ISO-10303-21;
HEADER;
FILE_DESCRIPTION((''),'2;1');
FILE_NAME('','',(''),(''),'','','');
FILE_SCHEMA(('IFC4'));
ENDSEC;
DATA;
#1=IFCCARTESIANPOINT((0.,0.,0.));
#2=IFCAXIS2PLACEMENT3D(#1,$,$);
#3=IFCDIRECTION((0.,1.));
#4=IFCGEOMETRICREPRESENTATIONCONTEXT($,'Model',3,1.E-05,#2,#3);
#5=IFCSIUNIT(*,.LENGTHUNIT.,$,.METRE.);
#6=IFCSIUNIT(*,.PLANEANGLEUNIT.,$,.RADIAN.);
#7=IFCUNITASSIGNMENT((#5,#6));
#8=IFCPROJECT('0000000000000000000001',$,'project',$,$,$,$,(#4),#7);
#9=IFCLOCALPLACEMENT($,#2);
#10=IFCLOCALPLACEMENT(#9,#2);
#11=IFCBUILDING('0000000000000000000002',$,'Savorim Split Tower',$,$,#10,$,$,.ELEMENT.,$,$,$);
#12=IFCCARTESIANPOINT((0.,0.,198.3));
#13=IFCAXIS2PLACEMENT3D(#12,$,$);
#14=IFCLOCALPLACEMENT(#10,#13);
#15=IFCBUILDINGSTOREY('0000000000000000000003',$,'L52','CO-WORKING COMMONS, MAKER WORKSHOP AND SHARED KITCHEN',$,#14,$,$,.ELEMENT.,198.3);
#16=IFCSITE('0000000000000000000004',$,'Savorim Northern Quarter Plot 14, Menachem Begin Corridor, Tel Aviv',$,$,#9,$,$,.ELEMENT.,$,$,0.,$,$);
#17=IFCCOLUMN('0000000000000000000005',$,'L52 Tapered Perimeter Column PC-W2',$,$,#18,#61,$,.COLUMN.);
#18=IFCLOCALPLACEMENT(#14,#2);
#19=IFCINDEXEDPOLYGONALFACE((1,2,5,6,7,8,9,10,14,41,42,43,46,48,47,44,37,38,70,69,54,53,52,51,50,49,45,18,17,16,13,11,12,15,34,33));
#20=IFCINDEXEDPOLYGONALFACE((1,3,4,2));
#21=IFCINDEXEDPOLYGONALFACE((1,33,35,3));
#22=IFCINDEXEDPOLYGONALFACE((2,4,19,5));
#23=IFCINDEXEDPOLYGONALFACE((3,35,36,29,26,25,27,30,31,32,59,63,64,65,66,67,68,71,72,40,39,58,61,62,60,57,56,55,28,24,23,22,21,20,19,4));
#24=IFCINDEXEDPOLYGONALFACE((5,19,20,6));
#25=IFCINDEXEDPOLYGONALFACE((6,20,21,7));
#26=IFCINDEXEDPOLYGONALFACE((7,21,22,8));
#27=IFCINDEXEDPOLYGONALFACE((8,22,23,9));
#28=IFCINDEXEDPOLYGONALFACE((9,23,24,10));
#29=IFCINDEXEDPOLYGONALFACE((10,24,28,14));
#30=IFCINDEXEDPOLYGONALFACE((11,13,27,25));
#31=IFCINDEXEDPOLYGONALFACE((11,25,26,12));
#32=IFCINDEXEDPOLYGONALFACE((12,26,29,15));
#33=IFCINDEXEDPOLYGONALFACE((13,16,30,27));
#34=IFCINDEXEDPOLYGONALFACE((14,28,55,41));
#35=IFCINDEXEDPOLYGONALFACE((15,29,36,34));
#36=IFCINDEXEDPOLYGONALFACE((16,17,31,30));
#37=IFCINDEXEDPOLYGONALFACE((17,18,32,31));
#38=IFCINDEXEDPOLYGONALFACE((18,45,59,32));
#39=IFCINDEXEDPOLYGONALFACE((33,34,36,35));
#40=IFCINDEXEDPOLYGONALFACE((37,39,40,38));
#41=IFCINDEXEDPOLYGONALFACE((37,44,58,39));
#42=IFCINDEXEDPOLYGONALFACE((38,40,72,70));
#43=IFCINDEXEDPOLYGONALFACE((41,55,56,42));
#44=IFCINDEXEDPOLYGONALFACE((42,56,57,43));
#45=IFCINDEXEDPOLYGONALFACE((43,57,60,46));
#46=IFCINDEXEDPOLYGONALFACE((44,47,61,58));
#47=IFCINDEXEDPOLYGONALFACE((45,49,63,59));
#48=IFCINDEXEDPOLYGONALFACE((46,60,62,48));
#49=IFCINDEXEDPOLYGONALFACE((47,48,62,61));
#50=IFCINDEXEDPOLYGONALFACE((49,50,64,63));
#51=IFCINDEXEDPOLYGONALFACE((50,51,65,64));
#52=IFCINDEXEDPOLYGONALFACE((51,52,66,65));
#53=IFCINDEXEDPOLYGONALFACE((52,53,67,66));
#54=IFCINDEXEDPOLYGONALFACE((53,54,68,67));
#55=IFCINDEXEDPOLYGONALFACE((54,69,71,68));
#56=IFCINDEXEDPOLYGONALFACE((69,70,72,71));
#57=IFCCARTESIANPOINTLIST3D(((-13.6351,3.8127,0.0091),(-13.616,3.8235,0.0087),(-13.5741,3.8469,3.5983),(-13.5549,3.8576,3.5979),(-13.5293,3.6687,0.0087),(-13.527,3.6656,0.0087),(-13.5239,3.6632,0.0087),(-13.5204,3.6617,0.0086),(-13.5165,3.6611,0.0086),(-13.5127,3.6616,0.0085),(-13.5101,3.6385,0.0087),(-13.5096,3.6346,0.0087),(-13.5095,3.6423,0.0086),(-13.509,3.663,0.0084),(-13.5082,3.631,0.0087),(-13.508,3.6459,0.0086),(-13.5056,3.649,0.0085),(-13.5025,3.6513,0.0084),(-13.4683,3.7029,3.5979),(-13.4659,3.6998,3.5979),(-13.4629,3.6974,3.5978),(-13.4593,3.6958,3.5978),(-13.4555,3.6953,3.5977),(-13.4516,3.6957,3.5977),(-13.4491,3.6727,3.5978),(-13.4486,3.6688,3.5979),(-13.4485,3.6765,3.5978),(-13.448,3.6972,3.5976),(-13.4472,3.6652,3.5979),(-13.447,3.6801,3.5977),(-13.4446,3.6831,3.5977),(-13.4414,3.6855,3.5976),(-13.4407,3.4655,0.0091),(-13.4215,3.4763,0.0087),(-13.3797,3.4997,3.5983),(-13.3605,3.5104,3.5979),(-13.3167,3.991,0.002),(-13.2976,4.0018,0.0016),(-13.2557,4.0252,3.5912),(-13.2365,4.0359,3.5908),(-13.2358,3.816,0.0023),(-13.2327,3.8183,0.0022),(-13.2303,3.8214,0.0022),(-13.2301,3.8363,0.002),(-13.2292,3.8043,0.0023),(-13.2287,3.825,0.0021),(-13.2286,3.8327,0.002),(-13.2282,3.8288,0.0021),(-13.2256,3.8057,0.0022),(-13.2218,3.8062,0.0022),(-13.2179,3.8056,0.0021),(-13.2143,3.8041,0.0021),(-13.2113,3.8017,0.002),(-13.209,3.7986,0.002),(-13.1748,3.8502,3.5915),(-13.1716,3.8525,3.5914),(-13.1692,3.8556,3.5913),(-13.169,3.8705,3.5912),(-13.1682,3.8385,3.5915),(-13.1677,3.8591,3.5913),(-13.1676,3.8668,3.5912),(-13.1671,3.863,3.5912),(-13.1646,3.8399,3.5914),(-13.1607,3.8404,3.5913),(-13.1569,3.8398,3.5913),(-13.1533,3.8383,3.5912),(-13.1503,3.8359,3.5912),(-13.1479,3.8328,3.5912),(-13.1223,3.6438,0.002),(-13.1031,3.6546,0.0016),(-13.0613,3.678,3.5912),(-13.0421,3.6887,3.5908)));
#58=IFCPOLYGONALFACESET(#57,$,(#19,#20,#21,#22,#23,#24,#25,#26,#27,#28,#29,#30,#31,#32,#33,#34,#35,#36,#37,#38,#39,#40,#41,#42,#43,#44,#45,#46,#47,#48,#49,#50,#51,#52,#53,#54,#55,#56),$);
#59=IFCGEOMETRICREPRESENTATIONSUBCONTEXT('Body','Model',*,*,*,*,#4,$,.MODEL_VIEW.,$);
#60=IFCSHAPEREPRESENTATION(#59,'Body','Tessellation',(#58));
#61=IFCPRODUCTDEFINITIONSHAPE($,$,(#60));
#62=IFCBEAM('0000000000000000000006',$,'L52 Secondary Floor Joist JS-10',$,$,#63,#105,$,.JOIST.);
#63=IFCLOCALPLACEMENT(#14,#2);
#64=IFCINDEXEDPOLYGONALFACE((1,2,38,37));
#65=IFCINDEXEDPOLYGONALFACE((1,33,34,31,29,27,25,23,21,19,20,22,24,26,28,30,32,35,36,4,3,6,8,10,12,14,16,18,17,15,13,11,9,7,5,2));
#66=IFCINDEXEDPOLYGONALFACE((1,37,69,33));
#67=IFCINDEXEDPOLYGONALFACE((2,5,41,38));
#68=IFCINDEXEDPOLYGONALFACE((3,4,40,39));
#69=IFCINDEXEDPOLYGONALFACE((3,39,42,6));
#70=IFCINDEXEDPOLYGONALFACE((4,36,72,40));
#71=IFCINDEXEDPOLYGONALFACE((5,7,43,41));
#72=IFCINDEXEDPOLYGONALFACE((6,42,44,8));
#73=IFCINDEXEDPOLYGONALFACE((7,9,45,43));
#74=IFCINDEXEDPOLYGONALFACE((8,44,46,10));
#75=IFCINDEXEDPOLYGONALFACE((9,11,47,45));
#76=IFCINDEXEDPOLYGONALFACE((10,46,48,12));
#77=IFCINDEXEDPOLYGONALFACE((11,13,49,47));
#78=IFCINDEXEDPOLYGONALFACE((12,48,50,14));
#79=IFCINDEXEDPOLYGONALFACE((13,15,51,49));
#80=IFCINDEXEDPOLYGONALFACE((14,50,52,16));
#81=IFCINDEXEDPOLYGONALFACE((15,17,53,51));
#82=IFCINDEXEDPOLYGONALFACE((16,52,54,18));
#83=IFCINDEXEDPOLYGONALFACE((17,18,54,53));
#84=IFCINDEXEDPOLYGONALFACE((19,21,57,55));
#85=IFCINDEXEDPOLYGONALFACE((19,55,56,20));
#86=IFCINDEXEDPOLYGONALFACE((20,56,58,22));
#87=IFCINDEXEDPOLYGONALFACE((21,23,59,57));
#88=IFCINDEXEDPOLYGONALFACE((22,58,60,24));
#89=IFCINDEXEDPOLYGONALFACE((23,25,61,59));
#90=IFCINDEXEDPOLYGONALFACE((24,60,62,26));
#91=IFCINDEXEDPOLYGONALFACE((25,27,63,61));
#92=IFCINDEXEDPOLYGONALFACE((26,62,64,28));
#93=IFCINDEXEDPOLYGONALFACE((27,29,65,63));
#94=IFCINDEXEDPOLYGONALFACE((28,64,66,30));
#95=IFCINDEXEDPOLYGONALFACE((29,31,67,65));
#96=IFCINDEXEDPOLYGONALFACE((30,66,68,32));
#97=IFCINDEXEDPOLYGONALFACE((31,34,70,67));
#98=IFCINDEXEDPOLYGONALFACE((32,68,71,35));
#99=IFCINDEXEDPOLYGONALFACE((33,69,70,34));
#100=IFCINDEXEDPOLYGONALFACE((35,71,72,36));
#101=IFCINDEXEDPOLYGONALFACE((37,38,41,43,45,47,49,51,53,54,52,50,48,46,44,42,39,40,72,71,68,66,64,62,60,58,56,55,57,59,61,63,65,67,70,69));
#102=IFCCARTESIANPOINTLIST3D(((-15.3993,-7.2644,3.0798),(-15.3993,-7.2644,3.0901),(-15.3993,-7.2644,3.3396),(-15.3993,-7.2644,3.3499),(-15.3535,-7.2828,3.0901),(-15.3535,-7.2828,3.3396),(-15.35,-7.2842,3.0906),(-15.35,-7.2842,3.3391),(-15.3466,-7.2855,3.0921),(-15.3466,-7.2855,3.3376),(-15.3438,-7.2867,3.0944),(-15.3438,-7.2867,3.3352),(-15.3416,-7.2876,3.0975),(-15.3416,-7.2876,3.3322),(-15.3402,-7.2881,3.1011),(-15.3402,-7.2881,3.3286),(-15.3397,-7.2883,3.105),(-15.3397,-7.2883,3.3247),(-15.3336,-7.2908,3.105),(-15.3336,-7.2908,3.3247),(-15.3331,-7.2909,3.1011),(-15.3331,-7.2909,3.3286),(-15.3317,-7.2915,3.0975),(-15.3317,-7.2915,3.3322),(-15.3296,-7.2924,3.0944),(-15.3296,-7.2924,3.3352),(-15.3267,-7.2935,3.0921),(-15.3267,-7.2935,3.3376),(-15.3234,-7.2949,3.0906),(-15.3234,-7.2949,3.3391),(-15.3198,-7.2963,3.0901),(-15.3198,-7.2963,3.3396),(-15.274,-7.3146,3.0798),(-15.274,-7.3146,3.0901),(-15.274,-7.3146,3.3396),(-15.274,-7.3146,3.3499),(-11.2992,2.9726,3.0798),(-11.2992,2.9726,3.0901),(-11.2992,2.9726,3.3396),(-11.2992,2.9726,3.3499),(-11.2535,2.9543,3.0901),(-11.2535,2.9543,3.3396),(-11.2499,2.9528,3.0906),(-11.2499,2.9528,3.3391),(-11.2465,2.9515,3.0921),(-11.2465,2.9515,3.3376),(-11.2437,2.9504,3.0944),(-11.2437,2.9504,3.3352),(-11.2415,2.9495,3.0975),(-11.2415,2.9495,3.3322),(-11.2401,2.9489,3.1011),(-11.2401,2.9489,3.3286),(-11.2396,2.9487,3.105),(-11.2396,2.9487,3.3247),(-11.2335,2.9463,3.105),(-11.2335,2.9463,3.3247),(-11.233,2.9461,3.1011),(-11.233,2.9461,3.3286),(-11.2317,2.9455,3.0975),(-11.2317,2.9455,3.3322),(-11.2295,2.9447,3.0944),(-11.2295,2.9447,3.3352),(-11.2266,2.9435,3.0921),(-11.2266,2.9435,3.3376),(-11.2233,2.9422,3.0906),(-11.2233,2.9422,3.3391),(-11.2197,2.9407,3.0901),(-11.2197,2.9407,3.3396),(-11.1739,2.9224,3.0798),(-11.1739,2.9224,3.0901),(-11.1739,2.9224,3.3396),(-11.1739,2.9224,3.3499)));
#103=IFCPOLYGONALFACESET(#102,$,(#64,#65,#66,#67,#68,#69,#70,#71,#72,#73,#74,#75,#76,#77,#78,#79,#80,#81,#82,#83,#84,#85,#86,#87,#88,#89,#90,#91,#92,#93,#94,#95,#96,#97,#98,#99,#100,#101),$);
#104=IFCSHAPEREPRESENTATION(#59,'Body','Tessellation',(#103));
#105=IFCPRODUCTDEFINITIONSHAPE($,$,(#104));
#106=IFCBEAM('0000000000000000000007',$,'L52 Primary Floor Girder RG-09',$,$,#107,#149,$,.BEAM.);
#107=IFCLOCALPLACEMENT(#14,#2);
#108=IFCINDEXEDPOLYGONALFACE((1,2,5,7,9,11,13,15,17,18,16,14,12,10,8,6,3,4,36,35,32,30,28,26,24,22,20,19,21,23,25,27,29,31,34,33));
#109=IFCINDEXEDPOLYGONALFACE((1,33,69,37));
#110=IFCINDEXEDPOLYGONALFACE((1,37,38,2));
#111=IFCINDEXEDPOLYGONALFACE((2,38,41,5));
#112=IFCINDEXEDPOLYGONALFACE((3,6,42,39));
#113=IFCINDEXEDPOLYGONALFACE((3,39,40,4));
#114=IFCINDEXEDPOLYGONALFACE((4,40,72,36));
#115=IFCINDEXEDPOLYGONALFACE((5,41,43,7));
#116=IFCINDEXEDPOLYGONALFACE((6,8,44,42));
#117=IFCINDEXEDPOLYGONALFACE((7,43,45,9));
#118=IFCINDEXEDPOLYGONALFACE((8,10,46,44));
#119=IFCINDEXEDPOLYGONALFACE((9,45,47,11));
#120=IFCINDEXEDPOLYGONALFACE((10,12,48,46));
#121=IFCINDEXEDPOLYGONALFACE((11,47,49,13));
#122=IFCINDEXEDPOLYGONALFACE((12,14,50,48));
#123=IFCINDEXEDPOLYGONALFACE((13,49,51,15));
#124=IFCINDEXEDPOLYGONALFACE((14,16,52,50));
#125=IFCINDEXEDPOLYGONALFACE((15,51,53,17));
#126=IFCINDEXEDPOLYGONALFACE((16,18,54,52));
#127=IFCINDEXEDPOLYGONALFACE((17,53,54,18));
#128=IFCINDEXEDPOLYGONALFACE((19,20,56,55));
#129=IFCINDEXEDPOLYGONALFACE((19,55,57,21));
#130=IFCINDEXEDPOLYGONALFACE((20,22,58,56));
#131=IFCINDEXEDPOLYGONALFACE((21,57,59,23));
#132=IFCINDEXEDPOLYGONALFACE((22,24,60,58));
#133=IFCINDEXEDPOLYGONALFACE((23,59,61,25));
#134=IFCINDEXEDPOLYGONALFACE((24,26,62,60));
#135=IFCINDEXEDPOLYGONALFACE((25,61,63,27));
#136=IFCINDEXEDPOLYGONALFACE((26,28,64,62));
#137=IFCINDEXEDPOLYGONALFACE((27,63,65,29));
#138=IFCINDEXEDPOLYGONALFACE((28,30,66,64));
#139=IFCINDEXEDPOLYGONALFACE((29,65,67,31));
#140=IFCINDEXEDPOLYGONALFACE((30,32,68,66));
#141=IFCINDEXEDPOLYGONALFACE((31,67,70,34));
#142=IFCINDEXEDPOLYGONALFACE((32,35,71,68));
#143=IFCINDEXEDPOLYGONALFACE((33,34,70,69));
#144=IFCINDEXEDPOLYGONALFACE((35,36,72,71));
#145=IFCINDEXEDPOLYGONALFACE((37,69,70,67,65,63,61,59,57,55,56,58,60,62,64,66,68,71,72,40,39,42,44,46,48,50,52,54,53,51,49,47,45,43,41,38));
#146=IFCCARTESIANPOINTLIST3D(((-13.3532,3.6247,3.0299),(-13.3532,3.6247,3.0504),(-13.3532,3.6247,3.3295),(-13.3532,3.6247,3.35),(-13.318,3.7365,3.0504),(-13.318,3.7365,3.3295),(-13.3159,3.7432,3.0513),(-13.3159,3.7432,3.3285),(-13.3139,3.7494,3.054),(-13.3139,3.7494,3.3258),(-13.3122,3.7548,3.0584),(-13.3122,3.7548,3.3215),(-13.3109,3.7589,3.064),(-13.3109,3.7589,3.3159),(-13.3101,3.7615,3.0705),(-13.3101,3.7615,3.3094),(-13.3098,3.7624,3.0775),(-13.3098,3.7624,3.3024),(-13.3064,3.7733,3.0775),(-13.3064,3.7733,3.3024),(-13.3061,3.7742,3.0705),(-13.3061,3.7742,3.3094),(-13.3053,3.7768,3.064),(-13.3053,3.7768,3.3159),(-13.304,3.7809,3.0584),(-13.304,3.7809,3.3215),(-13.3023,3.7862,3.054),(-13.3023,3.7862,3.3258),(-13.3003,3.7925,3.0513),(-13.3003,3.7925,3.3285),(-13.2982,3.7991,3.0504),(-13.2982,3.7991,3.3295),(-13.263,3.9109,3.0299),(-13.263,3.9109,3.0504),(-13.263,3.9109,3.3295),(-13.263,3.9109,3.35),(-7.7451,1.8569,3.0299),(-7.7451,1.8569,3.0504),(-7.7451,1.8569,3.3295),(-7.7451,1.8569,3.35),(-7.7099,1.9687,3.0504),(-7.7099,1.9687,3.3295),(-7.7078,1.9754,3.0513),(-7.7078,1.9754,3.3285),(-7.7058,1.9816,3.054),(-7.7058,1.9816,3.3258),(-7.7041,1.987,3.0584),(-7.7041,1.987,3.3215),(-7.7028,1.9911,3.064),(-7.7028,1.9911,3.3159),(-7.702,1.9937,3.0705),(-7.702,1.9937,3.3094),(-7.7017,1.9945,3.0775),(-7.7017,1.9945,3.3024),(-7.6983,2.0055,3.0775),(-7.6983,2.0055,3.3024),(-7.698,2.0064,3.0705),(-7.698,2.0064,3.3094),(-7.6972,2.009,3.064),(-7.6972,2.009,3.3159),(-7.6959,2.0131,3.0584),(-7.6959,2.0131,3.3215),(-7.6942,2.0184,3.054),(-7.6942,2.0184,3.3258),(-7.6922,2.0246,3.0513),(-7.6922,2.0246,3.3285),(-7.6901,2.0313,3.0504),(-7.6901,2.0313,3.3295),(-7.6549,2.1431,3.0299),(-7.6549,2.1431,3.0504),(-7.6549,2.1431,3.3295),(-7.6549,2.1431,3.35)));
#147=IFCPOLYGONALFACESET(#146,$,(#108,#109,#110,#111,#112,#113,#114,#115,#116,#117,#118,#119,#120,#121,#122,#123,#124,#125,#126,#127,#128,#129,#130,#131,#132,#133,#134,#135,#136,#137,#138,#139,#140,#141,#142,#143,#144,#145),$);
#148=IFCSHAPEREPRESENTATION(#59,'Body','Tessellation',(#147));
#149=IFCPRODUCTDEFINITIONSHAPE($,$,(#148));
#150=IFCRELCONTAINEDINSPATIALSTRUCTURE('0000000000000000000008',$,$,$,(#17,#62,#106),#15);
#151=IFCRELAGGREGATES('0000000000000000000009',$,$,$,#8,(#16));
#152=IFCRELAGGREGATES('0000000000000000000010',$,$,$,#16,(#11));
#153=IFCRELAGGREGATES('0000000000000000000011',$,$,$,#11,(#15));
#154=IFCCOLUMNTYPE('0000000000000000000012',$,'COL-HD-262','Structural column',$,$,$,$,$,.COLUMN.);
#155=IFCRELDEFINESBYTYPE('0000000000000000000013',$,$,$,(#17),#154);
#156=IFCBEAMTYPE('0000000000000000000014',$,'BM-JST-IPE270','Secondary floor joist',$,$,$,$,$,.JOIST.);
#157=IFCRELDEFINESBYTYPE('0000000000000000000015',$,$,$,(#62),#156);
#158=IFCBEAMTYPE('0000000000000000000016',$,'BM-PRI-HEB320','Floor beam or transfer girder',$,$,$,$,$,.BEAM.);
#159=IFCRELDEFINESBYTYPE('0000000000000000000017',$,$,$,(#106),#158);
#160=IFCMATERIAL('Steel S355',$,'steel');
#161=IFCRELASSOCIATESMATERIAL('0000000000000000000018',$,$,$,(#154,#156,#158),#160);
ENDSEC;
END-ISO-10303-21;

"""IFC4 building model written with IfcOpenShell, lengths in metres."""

from ifc_helpers import new_model, si_unit, direction, frame, origin, origin_2d, place, context, subcontext, project, spatial, i_section, extrude, material, material_profile, profile_set, type_object, element, save


model = new_model("IFC4")

# Units and contexts
model_context = context("Model", 3, precision=1e-05, world=origin(), true_north=direction((0.0, 1.0)))
body_context = subcontext(model_context, "Body", "Model", "MODEL_VIEW")
ifc_project = project(units=[si_unit("LENGTHUNIT", "METRE"), si_unit("PLANEANGLEUNIT", "RADIAN")], contexts=[model_context])

# Site, building, storey
site_placement = place(None, origin())
site = spatial("IfcSite", under=ifc_project, at=site_placement, Name="Savorim Northern Quarter Plot 14, Menachem Begin Corridor, Tel Aviv", CompositionType="ELEMENT", RefElevation=0.0)
building_placement = place(site_placement, origin())
building = spatial("IfcBuilding", under=site, at=building_placement, Name="Savorim Split Tower", CompositionType="ELEMENT")
storey_placement = place(building_placement, frame((0.0, 0.0, 198.3)))
storey = spatial("IfcBuildingStorey", under=building, at=storey_placement, Name="L52", Description="CO-WORKING COMMONS, MAKER WORKSHOP AND SHARED KITCHEN", CompositionType="ELEMENT", Elevation=198.3)

# Column
ifc_material_1 = material(Name="Steel S355", Category="steel")
ifc_material_profile_1 = material_profile(ifc_material_1, i_section(OverallWidth=0.3979, OverallDepth=0.387, WebThickness=0.0134, FlangeThickness=0.022, FilletRadius=0.0149, at=origin_2d()), Name="HD 400x262")
ifc_profile_set_1 = profile_set([ifc_material_profile_1], Name="Steel S355")
column_type = type_object("IfcColumnType", Name="COL-HD-262", Description="Structural column", PredefinedType="COLUMN", material=ifc_profile_set_1)
column_placement = place(storey_placement, frame((-13.3691, 3.7336, 0.0054), z_axis=(0.017002, 0.009521, 0.99981), x_axis=(-0.488603, 0.872506, 0.0)))
element("IfcColumn", 1, at=column_placement, inside=storey, type_object=column_type, Name="L52 Tapered Perimeter Column PC-W2", PredefinedType="COLUMN", context=body_context, shape_type="SweptSolid", body=[
    extrude(i_section(OverallWidth=0.3979, OverallDepth=0.387, WebThickness=0.0134, FlangeThickness=0.022, FilletRadius=0.0149, at=origin_2d()), origin(), (0.0, 0.0, 1.0), 3.5898),
])

# Beams
ifc_material_profile_2 = material_profile(ifc_material_1, i_section(OverallWidth=0.135, OverallDepth=0.27, WebThickness=0.0066, FlangeThickness=0.0103, FilletRadius=0.0149, at=origin_2d()), Name="IPE 270")
ifc_profile_set_2 = profile_set([ifc_material_profile_2], Name="Steel S355")
beam_type_1 = type_object("IfcBeamType", Name="BM-JST-IPE270", Description="Secondary floor joist", PredefinedType="JOIST", material=ifc_profile_set_2)
beam_1_placement = place(storey_placement, frame((-11.2366, 2.9475, 3.2148), z_axis=(-0.371803, -0.928312, 0.0), x_axis=(0.928312, -0.371803, 0.0)))
element("IfcBeam", 2, at=beam_1_placement, inside=storey, type_object=beam_type_1, Name="L52 Secondary Floor Joist JS-10", PredefinedType="JOIST", context=body_context, shape_type="SweptSolid", body=[
    extrude(i_section(OverallWidth=0.135, OverallDepth=0.27, WebThickness=0.0066, FlangeThickness=0.0103, FilletRadius=0.0149, at=origin_2d()), origin(), (0.0, 0.0, 1.0), 11.0276),
])
ifc_material_profile_3 = material_profile(ifc_material_1, i_section(OverallWidth=0.3, OverallDepth=0.3201, WebThickness=0.0115, FlangeThickness=0.0205, FilletRadius=0.0271, at=origin_2d()), Name="HEB 320")
ifc_profile_set_3 = profile_set([ifc_material_profile_3], Name="Steel S355")
beam_type_2 = type_object("IfcBeamType", Name="BM-PRI-HEB320", Description="Floor beam or transfer girder", PredefinedType="BEAM", material=ifc_profile_set_3)
beam_2_placement = place(storey_placement, frame((-13.3081, 3.7678, 3.1899), z_axis=(0.953738, -0.300641, 0.0), x_axis=(0.300641, 0.953738, 0.0)))
element("IfcBeam", 3, at=beam_2_placement, inside=storey, type_object=beam_type_2, Name="L52 Primary Floor Girder RG-09", PredefinedType="BEAM", context=body_context, shape_type="SweptSolid", body=[
    extrude(i_section(OverallWidth=0.3, OverallDepth=0.3201, WebThickness=0.0115, FlangeThickness=0.0205, FilletRadius=0.0271, at=origin_2d()), origin(), (0.0, 0.0, 1.0), 5.8801),
])

save(model, "model.ifc")
